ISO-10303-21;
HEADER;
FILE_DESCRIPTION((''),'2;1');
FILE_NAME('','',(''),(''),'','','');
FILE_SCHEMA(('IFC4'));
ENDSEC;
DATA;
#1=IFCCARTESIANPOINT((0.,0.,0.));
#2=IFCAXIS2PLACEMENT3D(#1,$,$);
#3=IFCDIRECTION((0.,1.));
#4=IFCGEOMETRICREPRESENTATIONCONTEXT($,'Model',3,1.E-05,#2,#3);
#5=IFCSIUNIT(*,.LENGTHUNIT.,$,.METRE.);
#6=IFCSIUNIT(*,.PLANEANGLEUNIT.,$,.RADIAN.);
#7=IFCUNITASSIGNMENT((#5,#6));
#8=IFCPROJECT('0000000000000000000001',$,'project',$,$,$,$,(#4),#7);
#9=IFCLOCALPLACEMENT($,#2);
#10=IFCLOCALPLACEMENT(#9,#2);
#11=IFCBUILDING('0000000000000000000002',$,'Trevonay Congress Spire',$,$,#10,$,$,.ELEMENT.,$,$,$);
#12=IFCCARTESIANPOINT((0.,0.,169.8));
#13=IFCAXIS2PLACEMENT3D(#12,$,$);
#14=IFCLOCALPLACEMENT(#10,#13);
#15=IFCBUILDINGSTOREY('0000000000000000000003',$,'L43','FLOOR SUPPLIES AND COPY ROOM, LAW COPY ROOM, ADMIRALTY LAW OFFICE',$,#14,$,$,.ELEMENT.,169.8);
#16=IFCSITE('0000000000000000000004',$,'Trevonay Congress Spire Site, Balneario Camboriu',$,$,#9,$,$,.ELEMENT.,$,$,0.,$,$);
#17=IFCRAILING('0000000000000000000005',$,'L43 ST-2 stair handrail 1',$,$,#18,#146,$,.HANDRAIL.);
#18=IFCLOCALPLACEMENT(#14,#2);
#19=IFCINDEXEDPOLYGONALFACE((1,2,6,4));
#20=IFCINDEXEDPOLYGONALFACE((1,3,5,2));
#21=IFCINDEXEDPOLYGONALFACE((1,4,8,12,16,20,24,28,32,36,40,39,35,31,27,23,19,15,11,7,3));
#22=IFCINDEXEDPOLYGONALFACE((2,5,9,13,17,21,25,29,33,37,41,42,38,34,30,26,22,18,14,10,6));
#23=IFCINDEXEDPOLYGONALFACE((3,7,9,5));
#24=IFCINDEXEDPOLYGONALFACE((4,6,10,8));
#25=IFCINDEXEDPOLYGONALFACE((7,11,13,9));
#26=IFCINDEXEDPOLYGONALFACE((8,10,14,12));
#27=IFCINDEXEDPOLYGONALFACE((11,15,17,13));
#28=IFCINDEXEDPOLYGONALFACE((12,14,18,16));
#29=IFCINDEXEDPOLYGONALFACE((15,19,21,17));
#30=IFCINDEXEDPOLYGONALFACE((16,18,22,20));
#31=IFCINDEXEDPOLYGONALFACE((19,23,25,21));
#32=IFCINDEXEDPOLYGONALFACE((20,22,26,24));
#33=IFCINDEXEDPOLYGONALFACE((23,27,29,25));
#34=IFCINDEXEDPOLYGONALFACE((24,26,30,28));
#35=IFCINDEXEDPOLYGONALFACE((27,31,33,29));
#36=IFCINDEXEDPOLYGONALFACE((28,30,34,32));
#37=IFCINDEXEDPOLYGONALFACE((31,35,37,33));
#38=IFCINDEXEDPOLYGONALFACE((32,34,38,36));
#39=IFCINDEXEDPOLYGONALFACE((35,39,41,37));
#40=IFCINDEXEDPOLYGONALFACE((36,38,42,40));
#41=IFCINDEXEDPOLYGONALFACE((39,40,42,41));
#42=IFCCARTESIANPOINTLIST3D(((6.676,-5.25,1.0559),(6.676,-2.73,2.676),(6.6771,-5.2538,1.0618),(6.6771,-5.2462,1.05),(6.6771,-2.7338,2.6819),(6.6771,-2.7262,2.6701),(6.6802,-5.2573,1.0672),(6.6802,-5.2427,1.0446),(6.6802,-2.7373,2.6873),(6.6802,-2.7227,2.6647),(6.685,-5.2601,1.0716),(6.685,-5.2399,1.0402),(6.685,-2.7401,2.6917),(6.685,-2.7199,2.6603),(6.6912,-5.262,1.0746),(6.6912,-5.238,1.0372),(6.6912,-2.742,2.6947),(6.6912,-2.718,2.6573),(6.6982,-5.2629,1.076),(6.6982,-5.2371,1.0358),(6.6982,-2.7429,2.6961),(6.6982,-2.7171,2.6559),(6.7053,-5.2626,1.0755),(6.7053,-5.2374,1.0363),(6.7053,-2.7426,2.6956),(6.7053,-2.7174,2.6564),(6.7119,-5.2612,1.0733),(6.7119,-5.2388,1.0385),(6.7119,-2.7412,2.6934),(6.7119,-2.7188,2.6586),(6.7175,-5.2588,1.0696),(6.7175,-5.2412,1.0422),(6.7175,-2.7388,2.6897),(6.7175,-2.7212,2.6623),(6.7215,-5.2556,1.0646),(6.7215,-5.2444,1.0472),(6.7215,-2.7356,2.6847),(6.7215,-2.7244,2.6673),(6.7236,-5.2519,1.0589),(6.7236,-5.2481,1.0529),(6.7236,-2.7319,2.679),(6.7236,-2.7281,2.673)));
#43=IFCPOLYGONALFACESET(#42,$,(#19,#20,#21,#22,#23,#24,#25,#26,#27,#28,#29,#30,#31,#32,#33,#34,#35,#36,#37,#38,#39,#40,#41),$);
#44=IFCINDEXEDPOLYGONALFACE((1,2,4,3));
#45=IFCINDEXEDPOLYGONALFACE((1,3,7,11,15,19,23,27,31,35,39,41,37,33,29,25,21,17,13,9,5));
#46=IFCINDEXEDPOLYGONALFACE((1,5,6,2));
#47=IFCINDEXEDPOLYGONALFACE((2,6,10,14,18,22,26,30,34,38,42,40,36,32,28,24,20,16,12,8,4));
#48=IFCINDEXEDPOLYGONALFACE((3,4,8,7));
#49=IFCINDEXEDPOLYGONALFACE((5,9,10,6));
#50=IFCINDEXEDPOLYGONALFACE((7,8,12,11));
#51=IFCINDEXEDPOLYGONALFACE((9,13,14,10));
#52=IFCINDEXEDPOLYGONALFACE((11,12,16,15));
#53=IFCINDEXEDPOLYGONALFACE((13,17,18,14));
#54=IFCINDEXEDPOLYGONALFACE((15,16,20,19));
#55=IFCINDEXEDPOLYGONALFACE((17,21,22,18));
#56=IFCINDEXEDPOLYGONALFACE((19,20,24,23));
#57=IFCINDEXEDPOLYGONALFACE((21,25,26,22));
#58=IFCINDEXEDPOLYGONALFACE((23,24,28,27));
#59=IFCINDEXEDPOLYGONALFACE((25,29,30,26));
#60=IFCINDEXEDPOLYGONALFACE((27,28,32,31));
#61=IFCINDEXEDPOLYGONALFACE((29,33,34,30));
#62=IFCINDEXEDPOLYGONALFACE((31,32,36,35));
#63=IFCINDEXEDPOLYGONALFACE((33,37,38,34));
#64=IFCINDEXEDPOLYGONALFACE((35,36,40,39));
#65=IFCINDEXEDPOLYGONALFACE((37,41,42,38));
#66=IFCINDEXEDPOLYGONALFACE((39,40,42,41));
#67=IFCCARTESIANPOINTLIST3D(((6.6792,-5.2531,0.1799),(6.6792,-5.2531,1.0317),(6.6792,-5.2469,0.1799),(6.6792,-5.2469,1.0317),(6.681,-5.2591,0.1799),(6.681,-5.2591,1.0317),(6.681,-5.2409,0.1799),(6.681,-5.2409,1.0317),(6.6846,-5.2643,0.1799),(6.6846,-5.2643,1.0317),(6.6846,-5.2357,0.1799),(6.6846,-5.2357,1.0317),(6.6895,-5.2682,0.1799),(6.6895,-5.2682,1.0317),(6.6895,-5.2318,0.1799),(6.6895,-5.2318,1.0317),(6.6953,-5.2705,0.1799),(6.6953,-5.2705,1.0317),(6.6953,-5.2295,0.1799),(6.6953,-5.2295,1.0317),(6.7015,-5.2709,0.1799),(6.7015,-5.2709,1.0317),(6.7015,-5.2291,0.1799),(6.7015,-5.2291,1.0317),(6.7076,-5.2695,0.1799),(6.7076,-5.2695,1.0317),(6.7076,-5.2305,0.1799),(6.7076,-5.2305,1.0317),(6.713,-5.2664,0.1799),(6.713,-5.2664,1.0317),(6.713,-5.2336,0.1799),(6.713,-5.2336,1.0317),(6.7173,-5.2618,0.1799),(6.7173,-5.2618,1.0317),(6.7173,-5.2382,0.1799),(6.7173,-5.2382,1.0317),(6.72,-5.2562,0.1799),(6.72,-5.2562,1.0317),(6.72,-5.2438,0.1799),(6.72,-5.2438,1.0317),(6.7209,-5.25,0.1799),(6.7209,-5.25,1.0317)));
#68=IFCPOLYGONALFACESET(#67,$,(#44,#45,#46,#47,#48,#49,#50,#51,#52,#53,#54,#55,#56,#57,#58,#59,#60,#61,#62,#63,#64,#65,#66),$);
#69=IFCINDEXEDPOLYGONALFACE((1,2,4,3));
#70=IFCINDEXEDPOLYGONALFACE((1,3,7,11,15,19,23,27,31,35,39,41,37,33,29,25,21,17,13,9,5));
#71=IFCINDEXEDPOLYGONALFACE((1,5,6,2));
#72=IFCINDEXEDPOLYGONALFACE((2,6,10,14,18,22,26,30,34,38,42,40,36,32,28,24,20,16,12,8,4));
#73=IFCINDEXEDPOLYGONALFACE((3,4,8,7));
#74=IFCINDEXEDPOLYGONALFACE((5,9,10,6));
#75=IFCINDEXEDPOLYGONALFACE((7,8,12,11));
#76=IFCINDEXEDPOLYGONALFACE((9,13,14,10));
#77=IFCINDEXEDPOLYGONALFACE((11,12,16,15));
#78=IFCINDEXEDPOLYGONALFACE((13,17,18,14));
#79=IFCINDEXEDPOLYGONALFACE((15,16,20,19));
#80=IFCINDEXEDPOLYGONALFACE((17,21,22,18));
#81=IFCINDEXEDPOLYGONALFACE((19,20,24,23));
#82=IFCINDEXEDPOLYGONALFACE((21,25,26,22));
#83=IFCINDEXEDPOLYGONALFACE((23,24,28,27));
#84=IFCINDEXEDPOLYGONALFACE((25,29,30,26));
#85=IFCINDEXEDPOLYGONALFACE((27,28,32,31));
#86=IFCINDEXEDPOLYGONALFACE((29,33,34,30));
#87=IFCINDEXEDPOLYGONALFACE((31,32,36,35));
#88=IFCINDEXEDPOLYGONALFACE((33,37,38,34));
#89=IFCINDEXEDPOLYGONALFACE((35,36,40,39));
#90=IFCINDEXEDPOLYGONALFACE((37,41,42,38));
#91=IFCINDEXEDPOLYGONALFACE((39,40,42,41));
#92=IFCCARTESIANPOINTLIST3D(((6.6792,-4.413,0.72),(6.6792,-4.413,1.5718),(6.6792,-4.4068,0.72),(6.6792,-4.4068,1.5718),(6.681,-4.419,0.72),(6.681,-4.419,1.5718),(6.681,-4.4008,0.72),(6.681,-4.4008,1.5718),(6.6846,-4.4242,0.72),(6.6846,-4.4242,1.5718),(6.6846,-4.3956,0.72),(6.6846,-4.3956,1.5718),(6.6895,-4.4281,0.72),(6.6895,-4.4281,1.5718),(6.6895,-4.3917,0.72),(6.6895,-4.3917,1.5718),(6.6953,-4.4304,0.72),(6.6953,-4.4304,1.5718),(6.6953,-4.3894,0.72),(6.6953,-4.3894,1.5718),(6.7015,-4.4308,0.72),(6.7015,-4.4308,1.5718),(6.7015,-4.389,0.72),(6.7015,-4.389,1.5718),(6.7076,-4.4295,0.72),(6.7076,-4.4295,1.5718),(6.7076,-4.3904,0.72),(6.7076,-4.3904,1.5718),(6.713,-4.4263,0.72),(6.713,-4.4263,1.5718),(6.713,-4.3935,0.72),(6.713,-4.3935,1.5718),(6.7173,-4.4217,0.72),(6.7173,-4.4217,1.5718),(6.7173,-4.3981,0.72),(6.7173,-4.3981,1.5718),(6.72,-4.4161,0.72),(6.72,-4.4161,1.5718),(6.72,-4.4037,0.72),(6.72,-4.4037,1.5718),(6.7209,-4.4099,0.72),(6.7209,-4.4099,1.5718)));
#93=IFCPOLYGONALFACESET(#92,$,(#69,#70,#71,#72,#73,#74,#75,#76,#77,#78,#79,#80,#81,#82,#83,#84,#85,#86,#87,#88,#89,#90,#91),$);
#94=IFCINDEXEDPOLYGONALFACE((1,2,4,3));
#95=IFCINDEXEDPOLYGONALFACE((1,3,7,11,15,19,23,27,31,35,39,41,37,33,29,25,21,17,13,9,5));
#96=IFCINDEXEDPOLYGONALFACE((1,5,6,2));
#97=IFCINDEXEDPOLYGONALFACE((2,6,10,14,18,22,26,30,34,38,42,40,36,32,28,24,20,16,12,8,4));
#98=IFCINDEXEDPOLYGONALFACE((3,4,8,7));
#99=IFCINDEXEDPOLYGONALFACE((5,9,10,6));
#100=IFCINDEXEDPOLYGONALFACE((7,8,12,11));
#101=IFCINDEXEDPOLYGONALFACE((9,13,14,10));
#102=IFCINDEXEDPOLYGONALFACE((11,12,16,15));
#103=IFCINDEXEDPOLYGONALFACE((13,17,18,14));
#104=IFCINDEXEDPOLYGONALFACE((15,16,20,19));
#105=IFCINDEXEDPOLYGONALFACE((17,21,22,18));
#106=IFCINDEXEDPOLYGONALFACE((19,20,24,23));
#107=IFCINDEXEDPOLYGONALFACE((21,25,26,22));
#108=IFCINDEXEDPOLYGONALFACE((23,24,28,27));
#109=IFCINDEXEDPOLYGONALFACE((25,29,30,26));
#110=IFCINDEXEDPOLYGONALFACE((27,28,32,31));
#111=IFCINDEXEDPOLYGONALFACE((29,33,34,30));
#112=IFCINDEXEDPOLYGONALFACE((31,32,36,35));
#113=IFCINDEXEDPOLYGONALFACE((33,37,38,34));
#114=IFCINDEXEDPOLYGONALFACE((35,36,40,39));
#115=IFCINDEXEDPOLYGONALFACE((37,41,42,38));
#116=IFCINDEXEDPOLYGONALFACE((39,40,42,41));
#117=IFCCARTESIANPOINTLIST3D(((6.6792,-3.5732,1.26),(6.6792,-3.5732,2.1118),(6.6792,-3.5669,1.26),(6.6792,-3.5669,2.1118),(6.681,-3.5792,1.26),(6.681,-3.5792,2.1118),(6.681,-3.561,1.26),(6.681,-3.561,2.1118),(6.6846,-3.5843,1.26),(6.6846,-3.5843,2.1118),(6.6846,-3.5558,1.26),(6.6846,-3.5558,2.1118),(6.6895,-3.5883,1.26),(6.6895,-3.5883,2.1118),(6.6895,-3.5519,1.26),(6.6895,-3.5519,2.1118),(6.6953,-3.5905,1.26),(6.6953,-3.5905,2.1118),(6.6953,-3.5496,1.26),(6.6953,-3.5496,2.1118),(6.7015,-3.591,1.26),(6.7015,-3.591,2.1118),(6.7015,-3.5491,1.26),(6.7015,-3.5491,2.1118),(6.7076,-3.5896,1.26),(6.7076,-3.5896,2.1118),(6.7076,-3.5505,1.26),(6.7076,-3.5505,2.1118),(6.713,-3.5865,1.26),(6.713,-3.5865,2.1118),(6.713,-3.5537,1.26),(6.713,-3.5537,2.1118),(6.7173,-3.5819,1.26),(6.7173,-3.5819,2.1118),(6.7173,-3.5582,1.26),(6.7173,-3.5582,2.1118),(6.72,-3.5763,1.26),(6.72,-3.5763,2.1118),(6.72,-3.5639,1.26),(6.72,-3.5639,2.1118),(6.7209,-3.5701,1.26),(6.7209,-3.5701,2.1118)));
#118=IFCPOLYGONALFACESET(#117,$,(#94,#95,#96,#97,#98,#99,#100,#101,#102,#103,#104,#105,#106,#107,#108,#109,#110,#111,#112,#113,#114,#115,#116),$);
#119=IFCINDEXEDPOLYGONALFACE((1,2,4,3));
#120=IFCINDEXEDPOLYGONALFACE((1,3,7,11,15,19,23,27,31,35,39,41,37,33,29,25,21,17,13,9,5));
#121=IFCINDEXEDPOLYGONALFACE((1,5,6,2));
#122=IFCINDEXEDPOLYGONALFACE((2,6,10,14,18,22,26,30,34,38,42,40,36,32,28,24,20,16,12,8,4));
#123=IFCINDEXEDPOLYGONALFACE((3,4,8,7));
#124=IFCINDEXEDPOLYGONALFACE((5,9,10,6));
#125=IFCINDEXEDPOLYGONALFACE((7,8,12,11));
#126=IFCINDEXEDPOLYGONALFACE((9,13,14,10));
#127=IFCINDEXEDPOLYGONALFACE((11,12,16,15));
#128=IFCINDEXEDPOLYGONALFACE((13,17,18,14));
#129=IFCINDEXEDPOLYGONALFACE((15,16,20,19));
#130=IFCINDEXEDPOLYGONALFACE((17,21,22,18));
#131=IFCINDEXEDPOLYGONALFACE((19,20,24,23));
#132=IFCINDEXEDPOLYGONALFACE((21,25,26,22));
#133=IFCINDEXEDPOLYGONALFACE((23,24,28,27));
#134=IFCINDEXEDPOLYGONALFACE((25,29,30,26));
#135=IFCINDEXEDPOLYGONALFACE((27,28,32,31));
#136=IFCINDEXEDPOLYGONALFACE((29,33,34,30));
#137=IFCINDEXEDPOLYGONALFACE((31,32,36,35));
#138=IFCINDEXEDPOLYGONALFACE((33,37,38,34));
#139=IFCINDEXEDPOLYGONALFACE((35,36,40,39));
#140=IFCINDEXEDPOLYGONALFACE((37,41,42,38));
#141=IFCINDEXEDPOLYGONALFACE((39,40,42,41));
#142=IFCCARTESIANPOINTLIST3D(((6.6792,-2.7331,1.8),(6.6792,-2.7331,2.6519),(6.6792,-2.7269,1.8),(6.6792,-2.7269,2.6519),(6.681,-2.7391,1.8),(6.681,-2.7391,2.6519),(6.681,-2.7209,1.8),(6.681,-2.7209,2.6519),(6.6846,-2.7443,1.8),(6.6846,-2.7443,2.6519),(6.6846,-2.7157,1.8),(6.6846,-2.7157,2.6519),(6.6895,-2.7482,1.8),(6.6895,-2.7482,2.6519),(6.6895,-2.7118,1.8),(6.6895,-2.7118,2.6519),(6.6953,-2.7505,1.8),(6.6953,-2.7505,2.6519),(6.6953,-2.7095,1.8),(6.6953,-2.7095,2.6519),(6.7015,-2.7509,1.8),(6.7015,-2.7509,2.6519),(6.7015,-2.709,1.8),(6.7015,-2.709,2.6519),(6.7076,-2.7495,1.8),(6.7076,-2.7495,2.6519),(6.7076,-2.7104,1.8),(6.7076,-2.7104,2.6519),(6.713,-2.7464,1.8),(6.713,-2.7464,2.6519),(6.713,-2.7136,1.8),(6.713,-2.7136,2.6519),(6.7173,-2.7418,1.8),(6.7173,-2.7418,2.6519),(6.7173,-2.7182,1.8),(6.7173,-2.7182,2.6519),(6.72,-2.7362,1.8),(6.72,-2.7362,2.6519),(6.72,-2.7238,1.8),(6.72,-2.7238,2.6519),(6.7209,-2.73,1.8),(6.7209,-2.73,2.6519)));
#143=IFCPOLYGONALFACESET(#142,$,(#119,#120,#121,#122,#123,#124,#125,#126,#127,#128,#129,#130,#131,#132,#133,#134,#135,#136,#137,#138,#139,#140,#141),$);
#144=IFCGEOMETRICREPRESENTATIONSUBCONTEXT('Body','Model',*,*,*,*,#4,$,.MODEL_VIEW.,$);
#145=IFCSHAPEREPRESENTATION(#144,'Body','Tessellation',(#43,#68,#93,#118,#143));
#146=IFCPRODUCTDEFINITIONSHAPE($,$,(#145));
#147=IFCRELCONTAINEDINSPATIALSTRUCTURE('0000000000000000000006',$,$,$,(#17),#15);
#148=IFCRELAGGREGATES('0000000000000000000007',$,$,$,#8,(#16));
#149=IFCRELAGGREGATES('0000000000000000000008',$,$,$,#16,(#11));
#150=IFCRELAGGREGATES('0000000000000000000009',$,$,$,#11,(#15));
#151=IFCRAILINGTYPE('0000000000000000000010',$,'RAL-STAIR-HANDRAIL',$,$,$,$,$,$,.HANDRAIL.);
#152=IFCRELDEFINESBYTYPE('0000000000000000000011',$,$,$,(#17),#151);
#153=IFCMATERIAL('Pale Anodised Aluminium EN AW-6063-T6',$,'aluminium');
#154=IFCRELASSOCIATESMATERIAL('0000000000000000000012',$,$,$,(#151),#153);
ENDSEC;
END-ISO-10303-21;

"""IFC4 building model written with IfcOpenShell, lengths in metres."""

from ifc_helpers import new_model, si_unit, direction, frame, origin, origin_2d, place, context, subcontext, project, spatial, circle, extrude, material, type_object, element, save


model = new_model("IFC4")

# Units and contexts
model_context = context("Model", 3, precision=1e-05, world=origin(), true_north=direction((0.0, 1.0)))
body_context = subcontext(model_context, "Body", "Model", "MODEL_VIEW")
ifc_project = project(units=[si_unit("LENGTHUNIT", "METRE"), si_unit("PLANEANGLEUNIT", "RADIAN")], contexts=[model_context])

# Site, building, storey
site_placement = place(None, origin())
site = spatial("IfcSite", under=ifc_project, at=site_placement, Name="Trevonay Congress Spire Site, Balneario Camboriu", CompositionType="ELEMENT", RefElevation=0.0)
building_placement = place(site_placement, origin())
building = spatial("IfcBuilding", under=site, at=building_placement, Name="Trevonay Congress Spire", CompositionType="ELEMENT")
storey_placement = place(building_placement, frame((0.0, 0.0, 169.8)))
storey = spatial("IfcBuildingStorey", under=building, at=storey_placement, Name="L43", Description="FLOOR SUPPLIES AND COPY ROOM, LAW COPY ROOM, ADMIRALTY LAW OFFICE", CompositionType="ELEMENT", Elevation=169.8)

# Shared definitions
ifc_material_1 = material(Name="Pale Anodised Aluminium EN AW-6063-T6", Category="aluminium")

# Railing
railing_type_1 = type_object("IfcRailingType", Name="RAL-STAIR-HANDRAIL", PredefinedType="HANDRAIL", material=ifc_material_1)
railing_1_placement = place(storey_placement, frame((6.7, -5.25, 0.1799)))
element("IfcRailing", 1, at=railing_1_placement, inside=storey, type_object=railing_type_1, Name="L43 ST-2 stair handrail 1", PredefinedType="HANDRAIL", context=body_context, shape_type="SweptSolid", body=[
    extrude(circle(Radius=0.0239, at=origin_2d()), frame((0.0, 0.0, 0.876), z_axis=(0.0, 0.841163, 0.540782), x_axis=(-1.0, 0.0, 0.0)), (0.0, 0.0, 1.0), 2.9958),
    extrude(circle(Radius=0.021, at=origin_2d()), origin(), (0.0, 0.0, 1.0), 0.8518),
    extrude(circle(Radius=0.021, at=origin_2d()), frame((0.0, 0.8401, 0.54)), (0.0, 0.0, 1.0), 0.8518),
    extrude(circle(Radius=0.021, at=origin_2d()), frame((0.0, 1.6799, 1.0801)), (0.0, 0.0, 1.0), 0.8518),
    extrude(circle(Radius=0.021, at=origin_2d()), frame((0.0, 2.52, 1.6201)), (0.0, 0.0, 1.0), 0.8518),
])

save(model, "model.ifc")
